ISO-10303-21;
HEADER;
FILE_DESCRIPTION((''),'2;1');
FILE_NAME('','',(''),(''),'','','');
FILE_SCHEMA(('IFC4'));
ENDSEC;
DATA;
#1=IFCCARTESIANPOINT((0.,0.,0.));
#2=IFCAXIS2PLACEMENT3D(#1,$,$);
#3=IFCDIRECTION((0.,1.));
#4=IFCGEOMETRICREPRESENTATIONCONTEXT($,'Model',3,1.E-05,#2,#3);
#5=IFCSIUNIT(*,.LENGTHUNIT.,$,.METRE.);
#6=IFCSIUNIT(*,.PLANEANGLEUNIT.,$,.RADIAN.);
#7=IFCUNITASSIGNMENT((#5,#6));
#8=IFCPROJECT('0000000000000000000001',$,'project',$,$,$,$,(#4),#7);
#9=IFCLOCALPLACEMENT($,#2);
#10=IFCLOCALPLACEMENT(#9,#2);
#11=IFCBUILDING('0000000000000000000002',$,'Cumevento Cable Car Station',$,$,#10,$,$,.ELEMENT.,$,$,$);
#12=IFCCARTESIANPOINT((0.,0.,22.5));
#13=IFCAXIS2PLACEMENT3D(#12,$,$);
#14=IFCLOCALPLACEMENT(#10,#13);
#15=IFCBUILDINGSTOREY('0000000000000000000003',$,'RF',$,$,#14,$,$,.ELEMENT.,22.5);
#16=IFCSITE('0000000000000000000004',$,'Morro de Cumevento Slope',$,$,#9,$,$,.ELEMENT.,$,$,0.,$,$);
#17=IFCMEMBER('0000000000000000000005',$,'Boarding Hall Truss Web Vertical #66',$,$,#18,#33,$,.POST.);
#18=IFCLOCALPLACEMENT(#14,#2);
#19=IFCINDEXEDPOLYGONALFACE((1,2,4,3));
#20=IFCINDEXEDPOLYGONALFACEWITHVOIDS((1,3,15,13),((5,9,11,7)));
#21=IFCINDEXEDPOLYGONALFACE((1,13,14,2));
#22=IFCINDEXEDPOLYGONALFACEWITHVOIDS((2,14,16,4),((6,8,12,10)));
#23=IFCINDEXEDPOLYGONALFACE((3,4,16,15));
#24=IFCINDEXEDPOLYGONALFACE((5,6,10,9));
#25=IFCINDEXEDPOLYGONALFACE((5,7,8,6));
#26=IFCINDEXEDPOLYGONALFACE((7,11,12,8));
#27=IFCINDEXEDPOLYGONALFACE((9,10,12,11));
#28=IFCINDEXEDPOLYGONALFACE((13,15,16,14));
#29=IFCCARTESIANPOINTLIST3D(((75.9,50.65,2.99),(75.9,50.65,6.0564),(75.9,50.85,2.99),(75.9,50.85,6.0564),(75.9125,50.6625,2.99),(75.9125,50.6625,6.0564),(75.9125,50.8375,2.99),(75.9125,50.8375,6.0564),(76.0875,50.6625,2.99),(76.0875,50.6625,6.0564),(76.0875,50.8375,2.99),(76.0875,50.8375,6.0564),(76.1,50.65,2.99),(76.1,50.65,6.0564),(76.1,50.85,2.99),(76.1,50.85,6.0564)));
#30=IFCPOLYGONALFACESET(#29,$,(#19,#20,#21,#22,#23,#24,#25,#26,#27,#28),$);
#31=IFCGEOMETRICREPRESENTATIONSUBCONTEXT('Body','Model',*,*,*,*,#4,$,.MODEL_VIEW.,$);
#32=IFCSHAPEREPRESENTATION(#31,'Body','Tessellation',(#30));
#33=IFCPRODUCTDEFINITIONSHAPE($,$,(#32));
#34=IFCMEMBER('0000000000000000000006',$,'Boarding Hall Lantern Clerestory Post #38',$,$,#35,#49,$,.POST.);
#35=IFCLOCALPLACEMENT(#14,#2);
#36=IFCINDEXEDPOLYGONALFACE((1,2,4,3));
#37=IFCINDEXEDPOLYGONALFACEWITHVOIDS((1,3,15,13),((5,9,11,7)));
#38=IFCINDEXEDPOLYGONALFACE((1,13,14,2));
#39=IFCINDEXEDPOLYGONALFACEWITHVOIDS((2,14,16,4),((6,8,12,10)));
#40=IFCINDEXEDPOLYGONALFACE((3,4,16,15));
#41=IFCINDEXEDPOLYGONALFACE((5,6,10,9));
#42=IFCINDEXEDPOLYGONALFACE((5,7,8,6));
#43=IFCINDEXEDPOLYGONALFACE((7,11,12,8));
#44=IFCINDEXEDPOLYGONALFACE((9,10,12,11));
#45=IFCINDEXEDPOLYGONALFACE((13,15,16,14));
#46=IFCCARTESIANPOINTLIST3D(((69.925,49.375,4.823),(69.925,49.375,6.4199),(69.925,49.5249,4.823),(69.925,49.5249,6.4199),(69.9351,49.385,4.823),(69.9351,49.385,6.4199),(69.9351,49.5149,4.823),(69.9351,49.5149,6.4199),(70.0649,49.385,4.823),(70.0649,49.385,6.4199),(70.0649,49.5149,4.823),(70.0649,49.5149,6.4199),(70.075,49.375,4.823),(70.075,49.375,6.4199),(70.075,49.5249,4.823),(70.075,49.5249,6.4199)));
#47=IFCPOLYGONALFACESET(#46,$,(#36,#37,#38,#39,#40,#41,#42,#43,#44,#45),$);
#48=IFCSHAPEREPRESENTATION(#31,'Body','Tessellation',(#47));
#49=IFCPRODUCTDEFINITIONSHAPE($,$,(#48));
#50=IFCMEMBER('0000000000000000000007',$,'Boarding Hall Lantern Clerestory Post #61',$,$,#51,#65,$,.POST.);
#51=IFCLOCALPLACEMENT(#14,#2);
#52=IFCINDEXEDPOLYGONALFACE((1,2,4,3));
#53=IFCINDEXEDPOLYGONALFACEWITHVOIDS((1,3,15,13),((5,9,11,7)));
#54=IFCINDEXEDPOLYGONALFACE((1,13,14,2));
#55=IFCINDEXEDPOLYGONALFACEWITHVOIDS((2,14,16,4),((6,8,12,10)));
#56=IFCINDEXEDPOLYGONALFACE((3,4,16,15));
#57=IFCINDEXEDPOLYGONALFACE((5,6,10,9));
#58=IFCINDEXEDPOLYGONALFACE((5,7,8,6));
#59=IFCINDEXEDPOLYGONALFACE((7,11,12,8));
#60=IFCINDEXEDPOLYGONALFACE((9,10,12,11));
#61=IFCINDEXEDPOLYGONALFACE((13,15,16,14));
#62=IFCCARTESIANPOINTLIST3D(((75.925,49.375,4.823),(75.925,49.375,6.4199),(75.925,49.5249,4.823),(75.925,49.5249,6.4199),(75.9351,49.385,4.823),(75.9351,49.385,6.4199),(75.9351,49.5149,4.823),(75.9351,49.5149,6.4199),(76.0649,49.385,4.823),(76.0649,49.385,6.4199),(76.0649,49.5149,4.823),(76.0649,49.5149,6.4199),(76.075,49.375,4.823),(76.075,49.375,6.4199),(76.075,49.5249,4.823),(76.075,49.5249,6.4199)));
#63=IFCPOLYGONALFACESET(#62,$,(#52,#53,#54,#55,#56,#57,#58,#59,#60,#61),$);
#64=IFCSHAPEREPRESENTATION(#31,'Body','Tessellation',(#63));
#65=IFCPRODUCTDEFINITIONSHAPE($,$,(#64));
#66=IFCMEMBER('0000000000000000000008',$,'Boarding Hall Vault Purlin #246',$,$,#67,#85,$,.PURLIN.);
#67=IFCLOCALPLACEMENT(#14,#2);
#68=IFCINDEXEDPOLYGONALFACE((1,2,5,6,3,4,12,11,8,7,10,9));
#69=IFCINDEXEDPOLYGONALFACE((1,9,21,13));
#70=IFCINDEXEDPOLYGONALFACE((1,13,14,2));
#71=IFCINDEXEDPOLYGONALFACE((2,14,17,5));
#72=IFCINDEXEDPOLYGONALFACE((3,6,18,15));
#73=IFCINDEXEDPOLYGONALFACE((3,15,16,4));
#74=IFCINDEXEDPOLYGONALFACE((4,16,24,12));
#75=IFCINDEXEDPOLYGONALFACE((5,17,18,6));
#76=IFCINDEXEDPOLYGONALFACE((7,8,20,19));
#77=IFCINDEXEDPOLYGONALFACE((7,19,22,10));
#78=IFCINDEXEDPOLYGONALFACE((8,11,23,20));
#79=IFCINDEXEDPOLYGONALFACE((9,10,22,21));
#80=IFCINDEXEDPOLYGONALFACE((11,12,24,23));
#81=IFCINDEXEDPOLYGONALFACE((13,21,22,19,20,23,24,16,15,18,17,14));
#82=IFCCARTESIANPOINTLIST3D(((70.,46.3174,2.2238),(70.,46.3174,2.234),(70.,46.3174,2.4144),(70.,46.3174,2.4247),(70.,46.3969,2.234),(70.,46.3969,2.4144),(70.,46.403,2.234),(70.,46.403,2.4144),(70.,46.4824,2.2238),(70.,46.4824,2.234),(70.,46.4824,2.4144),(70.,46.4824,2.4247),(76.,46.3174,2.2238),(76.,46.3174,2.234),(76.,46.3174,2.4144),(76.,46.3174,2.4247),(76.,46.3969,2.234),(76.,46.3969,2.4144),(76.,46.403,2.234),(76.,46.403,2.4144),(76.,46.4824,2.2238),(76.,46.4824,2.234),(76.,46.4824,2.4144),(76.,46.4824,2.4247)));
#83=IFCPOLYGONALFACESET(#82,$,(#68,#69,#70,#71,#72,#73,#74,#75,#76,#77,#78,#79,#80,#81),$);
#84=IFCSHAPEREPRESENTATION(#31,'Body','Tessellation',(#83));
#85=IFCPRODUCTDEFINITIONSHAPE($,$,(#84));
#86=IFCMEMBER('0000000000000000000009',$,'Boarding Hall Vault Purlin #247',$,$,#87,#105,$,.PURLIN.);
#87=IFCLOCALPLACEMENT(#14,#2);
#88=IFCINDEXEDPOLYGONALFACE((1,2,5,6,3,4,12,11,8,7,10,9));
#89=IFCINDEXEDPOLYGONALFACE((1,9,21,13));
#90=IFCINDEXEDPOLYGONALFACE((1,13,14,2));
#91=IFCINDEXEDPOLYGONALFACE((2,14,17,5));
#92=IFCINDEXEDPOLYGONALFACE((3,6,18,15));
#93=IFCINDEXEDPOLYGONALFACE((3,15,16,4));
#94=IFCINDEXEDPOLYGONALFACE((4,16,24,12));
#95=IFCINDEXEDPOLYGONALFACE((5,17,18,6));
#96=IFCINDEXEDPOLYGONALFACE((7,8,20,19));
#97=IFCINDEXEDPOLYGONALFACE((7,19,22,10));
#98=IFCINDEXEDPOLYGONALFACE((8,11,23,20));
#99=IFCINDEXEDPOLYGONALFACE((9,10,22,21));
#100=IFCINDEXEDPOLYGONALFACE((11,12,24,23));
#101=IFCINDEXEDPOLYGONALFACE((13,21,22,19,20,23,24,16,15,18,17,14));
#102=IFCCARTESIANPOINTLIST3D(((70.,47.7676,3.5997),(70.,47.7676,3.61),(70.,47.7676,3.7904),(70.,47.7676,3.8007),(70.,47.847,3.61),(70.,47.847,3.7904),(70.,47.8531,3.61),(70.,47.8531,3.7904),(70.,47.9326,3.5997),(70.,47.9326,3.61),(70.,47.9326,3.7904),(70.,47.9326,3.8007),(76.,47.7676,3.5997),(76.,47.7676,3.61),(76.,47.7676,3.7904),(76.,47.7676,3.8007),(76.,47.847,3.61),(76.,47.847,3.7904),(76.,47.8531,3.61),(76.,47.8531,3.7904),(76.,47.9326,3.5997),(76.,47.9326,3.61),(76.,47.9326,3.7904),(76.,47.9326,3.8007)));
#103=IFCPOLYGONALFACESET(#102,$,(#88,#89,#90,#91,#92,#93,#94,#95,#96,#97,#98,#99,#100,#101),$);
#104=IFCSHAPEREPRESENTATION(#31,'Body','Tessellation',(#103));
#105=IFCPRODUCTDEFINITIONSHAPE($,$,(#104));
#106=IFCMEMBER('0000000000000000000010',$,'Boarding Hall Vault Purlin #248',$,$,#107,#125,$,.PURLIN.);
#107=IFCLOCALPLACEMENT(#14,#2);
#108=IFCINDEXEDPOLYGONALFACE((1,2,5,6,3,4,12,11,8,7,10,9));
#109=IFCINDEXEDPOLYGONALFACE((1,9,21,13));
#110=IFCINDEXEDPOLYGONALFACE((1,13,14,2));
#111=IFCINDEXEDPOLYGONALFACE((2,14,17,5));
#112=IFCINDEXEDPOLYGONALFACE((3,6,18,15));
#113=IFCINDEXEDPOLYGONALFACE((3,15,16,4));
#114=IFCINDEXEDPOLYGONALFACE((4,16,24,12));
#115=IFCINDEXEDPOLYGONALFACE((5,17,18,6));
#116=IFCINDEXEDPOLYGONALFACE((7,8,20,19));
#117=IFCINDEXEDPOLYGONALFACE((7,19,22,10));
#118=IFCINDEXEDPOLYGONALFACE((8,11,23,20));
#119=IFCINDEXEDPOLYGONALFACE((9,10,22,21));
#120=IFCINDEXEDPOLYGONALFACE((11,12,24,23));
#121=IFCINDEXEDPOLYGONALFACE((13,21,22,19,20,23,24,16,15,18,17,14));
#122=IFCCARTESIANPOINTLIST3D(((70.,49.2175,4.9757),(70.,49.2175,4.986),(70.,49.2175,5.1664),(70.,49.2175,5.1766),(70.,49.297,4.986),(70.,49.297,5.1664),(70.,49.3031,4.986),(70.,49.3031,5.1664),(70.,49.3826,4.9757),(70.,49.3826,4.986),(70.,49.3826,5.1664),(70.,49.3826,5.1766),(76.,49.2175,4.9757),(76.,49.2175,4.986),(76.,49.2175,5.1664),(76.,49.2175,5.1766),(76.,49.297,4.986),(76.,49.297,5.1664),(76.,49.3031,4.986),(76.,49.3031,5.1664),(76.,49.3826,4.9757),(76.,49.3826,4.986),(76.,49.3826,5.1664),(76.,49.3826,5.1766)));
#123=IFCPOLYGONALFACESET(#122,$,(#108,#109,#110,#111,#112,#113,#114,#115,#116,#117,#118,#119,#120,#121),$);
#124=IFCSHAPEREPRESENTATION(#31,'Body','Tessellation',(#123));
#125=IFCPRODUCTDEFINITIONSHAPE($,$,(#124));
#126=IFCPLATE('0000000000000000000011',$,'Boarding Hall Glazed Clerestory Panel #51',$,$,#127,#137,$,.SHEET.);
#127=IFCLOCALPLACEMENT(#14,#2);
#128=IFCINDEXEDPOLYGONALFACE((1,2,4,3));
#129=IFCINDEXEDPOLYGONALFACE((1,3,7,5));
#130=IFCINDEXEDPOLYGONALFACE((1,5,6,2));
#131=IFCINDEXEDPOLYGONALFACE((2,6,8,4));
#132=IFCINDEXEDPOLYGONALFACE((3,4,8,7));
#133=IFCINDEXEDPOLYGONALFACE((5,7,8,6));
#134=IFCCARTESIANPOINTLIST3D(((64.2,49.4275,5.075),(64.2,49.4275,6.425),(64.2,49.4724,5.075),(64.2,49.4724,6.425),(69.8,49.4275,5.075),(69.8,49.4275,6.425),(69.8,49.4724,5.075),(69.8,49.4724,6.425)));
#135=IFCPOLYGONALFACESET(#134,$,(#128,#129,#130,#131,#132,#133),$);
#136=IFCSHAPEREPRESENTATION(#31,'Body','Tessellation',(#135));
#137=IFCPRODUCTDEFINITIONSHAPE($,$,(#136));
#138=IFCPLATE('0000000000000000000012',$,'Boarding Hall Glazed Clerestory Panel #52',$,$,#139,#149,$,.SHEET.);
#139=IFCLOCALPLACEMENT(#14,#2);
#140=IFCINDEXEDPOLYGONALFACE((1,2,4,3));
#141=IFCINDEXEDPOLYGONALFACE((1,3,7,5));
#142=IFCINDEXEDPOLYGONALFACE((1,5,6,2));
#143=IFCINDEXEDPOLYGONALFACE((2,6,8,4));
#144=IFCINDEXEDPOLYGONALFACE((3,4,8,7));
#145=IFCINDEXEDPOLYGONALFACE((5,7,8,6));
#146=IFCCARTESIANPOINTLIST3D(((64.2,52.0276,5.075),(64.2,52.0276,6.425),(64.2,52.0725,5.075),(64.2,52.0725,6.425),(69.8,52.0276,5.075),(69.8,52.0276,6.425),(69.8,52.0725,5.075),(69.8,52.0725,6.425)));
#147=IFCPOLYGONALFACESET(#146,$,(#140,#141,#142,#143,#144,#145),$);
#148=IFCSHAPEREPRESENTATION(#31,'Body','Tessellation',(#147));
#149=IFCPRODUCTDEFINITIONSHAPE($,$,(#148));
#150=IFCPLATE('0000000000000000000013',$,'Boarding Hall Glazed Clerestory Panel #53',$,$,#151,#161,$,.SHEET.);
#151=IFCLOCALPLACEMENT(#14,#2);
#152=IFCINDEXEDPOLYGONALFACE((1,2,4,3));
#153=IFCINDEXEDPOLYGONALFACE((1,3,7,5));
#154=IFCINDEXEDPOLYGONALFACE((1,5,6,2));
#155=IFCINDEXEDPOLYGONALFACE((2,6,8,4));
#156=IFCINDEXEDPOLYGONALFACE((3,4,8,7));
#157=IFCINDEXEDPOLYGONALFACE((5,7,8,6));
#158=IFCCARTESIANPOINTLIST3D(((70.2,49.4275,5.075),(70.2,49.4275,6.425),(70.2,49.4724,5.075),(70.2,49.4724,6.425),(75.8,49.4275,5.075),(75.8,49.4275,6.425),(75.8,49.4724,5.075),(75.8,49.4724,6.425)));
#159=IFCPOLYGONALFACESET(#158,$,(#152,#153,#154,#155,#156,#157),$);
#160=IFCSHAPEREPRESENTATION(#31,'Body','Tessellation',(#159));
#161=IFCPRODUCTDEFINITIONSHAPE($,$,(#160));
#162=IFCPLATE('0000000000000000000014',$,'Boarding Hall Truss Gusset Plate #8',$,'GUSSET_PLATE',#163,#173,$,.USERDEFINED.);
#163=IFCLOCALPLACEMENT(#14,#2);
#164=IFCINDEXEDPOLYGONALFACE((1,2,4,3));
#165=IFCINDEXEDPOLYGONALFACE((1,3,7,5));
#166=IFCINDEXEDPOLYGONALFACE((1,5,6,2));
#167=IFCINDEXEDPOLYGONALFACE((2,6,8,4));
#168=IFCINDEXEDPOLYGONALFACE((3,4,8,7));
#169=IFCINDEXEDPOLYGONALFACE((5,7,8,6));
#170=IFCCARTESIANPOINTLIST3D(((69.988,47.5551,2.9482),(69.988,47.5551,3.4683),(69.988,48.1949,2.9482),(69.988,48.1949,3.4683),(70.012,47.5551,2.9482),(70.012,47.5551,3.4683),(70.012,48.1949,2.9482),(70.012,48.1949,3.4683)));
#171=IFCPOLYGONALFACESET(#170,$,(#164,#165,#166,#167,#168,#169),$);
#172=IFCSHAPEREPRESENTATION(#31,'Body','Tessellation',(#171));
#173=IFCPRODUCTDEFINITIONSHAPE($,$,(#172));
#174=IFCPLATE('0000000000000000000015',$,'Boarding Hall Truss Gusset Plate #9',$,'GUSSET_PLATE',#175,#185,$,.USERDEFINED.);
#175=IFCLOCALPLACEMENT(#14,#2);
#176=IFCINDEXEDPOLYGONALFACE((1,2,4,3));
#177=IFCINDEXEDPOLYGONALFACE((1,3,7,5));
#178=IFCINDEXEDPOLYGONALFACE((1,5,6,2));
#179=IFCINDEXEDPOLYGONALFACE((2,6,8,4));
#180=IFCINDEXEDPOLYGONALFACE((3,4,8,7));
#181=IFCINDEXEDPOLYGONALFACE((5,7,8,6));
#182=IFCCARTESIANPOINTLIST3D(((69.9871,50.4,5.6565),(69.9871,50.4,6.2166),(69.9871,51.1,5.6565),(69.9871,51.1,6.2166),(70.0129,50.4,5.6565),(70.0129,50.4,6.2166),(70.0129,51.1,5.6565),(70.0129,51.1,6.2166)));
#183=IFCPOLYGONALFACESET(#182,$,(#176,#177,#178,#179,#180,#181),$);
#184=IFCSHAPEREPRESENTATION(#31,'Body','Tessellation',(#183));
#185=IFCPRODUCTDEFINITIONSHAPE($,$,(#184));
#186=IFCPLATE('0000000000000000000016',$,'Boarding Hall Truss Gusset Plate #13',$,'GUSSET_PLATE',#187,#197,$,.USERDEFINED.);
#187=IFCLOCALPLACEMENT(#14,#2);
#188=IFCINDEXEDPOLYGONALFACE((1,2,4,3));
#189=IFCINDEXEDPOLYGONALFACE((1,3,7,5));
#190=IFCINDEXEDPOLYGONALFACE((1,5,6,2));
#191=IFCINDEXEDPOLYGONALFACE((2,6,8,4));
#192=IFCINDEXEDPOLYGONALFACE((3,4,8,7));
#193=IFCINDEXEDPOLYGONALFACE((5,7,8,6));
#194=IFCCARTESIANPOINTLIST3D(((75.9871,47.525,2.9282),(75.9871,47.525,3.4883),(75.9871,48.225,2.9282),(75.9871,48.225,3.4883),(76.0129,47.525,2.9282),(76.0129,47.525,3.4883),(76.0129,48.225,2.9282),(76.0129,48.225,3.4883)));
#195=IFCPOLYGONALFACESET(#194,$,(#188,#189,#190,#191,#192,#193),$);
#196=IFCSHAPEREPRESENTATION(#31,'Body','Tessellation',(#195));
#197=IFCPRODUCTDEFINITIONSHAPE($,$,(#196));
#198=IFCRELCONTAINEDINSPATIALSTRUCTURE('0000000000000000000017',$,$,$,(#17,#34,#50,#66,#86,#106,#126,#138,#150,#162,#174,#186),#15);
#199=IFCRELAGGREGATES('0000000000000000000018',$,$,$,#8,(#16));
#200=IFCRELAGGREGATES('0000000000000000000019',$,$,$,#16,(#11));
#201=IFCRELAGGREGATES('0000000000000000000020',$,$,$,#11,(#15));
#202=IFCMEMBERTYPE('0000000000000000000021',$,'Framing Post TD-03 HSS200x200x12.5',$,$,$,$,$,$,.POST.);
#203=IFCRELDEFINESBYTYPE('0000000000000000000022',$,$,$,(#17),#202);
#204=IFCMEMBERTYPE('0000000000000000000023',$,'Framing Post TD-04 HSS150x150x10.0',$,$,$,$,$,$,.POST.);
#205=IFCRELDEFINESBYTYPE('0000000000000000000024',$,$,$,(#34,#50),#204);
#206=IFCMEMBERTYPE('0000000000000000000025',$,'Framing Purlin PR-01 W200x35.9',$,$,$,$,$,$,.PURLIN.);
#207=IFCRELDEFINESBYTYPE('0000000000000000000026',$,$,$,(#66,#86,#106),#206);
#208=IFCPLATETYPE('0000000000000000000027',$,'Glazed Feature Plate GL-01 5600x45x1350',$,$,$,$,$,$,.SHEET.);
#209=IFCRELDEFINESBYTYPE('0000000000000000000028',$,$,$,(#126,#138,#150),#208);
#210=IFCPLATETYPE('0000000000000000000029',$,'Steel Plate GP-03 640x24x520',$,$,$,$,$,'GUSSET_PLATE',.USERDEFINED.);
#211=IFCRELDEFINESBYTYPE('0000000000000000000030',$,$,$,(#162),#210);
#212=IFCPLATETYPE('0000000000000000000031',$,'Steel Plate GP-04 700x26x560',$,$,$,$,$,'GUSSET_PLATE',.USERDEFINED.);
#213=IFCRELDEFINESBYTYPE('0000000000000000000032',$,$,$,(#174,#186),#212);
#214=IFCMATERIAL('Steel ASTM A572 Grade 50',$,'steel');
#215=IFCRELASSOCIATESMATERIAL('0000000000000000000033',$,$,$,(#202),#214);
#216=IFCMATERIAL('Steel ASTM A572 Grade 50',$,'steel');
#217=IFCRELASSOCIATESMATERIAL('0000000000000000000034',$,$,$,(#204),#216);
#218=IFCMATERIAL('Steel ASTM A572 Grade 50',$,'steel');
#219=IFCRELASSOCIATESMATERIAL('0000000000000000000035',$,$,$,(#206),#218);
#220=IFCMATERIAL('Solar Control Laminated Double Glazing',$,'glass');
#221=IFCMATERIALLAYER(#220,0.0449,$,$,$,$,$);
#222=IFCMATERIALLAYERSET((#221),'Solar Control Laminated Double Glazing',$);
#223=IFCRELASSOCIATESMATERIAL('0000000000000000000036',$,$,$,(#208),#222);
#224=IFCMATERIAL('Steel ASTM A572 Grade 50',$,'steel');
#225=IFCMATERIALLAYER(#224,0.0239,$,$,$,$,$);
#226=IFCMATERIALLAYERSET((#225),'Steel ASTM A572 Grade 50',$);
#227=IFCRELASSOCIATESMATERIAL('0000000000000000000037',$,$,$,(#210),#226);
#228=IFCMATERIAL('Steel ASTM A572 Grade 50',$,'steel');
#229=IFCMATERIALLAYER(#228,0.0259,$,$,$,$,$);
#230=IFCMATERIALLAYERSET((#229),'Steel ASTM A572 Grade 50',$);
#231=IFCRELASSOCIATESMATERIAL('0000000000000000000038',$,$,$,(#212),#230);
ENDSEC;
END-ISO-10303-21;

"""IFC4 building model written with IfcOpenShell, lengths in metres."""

from ifc_helpers import new_model, si_unit, direction, frame, origin, origin_2d, place, context, subcontext, project, spatial, rectangle, hollow_rectangle, i_section, extrude, material, layer, layer_set, material_profile, profile_set, type_object, element, save


model = new_model("IFC4")

# Units and contexts
model_context = context("Model", 3, precision=1e-05, world=origin(), true_north=direction((0.0, 1.0)))
body_context = subcontext(model_context, "Body", "Model", "MODEL_VIEW")
ifc_project = project(units=[si_unit("LENGTHUNIT", "METRE"), si_unit("PLANEANGLEUNIT", "RADIAN")], contexts=[model_context])

# Site, building, storey
site_placement = place(None, origin())
site = spatial("IfcSite", under=ifc_project, at=site_placement, Name="Morro de Cumevento Slope", CompositionType="ELEMENT", RefElevation=0.0)
building_placement = place(site_placement, origin())
building = spatial("IfcBuilding", under=site, at=building_placement, Name="Cumevento Cable Car Station", CompositionType="ELEMENT")
storey_placement = place(building_placement, frame((0.0, 0.0, 22.5)))
storey = spatial("IfcBuildingStorey", under=building, at=storey_placement, Name="RF", CompositionType="ELEMENT", Elevation=22.5)

# Members
ifc_material_1 = material(Name="Steel ASTM A572 Grade 50", Category="steel")
ifc_material_profile_1 = material_profile(ifc_material_1, hollow_rectangle(XDim=0.2, YDim=0.2, WallThickness=0.0125, at=origin_2d()), Name="HSS200x200x12.5")
ifc_profile_set_1 = profile_set([ifc_material_profile_1], Name="Steel ASTM A572 Grade 50")
member_type_1 = type_object("IfcMemberType", Name="Framing Post TD-03 HSS200x200x12.5", PredefinedType="POST", material=ifc_profile_set_1)
member_1_placement = place(storey_placement, frame((76.0, 50.75, 2.99), z_axis=(0.0, 0.0, 1.0), x_axis=(1.0, 0.0, 0.0)))
element("IfcMember", 1, at=member_1_placement, inside=storey, type_object=member_type_1, Name="Boarding Hall Truss Web Vertical #66", PredefinedType="POST", context=body_context, shape_type="SweptSolid", body=[
    extrude(hollow_rectangle(XDim=0.2, YDim=0.2, WallThickness=0.0125, at=origin_2d()), origin(), (0.0, 0.0, 1.0), 3.0664),
])
ifc_material_2 = material(Name="Steel ASTM A572 Grade 50", Category="steel")
ifc_material_profile_2 = material_profile(ifc_material_2, hollow_rectangle(XDim=0.1499, YDim=0.1499, WallThickness=0.01, at=origin_2d()), Name="HSS150x150x10.0")
ifc_profile_set_2 = profile_set([ifc_material_profile_2], Name="Steel ASTM A572 Grade 50")
member_type_2 = type_object("IfcMemberType", Name="Framing Post TD-04 HSS150x150x10.0", PredefinedType="POST", material=ifc_profile_set_2)
for number, where, z_axis, x_axis, name in (
    (2, (70.0, 49.45, 4.823), (0.0, 0.0, 1.0), (1.0, 0.0, 0.0), "Boarding Hall Lantern Clerestory Post #38"),
    (3, (76.0, 49.45, 4.823), (0.0, 0.0, 1.0), (1.0, 0.0, 0.0), "Boarding Hall Lantern Clerestory Post #61"),
):
    element("IfcMember", number, at=place(storey_placement, frame(where, z_axis=z_axis, x_axis=x_axis)), inside=storey, type_object=member_type_2, Name=name, PredefinedType="POST", context=body_context, shape_type="SweptSolid", body=[
        extrude(hollow_rectangle(XDim=0.1499, YDim=0.1499, WallThickness=0.01, at=origin_2d()), origin(), (0.0, 0.0, 1.0), 1.5969),
    ])
ifc_material_3 = material(Name="Steel ASTM A572 Grade 50", Category="steel")
ifc_material_profile_3 = material_profile(ifc_material_3, i_section(OverallWidth=0.165, OverallDepth=0.2009, WebThickness=0.0061, FlangeThickness=0.0103, at=origin_2d()), Name="W200x35.9")
ifc_profile_set_3 = profile_set([ifc_material_profile_3], Name="Steel ASTM A572 Grade 50")
member_type_3 = type_object("IfcMemberType", Name="Framing Purlin PR-01 W200x35.9", PredefinedType="PURLIN", material=ifc_profile_set_3)
for number, where, z_axis, x_axis, name in (
    (4, (70.0, 46.3999, 2.3242), (1.0, 0.0, 0.0), (0.0, 1.0, 0.0), "Boarding Hall Vault Purlin #246"),
    (5, (70.0, 47.8501, 3.7002), (1.0, 0.0, 0.0), (0.0, 1.0, 0.0), "Boarding Hall Vault Purlin #247"),
    (6, (70.0, 49.3, 5.0762), (1.0, 0.0, 0.0), (0.0, 1.0, 0.0), "Boarding Hall Vault Purlin #248"),
):
    element("IfcMember", number, at=place(storey_placement, frame(where, z_axis=z_axis, x_axis=x_axis)), inside=storey, type_object=member_type_3, Name=name, PredefinedType="PURLIN", context=body_context, shape_type="SweptSolid", body=[
        extrude(i_section(OverallWidth=0.165, OverallDepth=0.2009, WebThickness=0.0061, FlangeThickness=0.0103, at=origin_2d()), origin(), (0.0, 0.0, 1.0), 6.0),
    ])

# Plates
ifc_material_4 = material(Name="Solar Control Laminated Double Glazing", Category="glass")
ifc_layer_1 = layer(ifc_material_4, 0.0449)
ifc_layer_set_1 = layer_set([ifc_layer_1], Name="Solar Control Laminated Double Glazing")
plate_type_1 = type_object("IfcPlateType", Name="Glazed Feature Plate GL-01 5600x45x1350", PredefinedType="SHEET", material=ifc_layer_set_1)
for number, where, z_axis, x_axis, name in (
    (7, (67.0, 49.45, 5.075), (0.0, 0.0, 1.0), (1.0, 0.0, 0.0), "Boarding Hall Glazed Clerestory Panel #51"),
    (8, (67.0, 52.05, 5.075), (0.0, 0.0, 1.0), (1.0, 0.0, 0.0), "Boarding Hall Glazed Clerestory Panel #52"),
    (9, (73.0, 49.45, 5.075), (0.0, 0.0, 1.0), (1.0, 0.0, 0.0), "Boarding Hall Glazed Clerestory Panel #53"),
):
    element("IfcPlate", number, at=place(storey_placement, frame(where, z_axis=z_axis, x_axis=x_axis)), inside=storey, type_object=plate_type_1, Name=name, PredefinedType="SHEET", context=body_context, shape_type="SweptSolid", body=[
        extrude(rectangle(XDim=5.6001, YDim=0.0449, at=origin_2d()), origin(), (0.0, 0.0, 1.0), 1.3501),
    ])
ifc_material_5 = material(Name="Steel ASTM A572 Grade 50", Category="steel")
ifc_layer_2 = layer(ifc_material_5, 0.0239)
ifc_layer_set_2 = layer_set([ifc_layer_2], Name="Steel ASTM A572 Grade 50")
plate_type_2 = type_object("IfcPlateType", Name="Steel Plate GP-03 640x24x520", ElementType="GUSSET_PLATE", PredefinedType="USERDEFINED", material=ifc_layer_set_2)
plate_1_placement = place(storey_placement, frame((70.0, 47.875, 2.9482), z_axis=(0.0, 0.0, 1.0), x_axis=(0.0, 1.0, 0.0)))
element("IfcPlate", 10, at=plate_1_placement, inside=storey, type_object=plate_type_2, Name="Boarding Hall Truss Gusset Plate #8", ObjectType="GUSSET_PLATE", PredefinedType="USERDEFINED", context=body_context, shape_type="SweptSolid", body=[
    extrude(rectangle(XDim=0.6399, YDim=0.0239, at=origin_2d()), origin(), (0.0, 0.0, 1.0), 0.52),
])
ifc_material_6 = material(Name="Steel ASTM A572 Grade 50", Category="steel")
ifc_layer_3 = layer(ifc_material_6, 0.0259)
ifc_layer_set_3 = layer_set([ifc_layer_3], Name="Steel ASTM A572 Grade 50")
plate_type_3 = type_object("IfcPlateType", Name="Steel Plate GP-04 700x26x560", ElementType="GUSSET_PLATE", PredefinedType="USERDEFINED", material=ifc_layer_set_3)
for number, where, z_axis, x_axis, name in (
    (11, (70.0, 50.75, 5.6565), (0.0, 0.0, 1.0), (0.0, 1.0, 0.0), "Boarding Hall Truss Gusset Plate #9"),
    (12, (76.0, 47.875, 2.9282), (0.0, 0.0, 1.0), (0.0, 1.0, 0.0), "Boarding Hall Truss Gusset Plate #13"),
):
    element("IfcPlate", number, at=place(storey_placement, frame(where, z_axis=z_axis, x_axis=x_axis)), inside=storey, type_object=plate_type_3, Name=name, ObjectType="GUSSET_PLATE", PredefinedType="USERDEFINED", context=body_context, shape_type="SweptSolid", body=[
        extrude(rectangle(XDim=0.7, YDim=0.0259, at=origin_2d()), origin(), (0.0, 0.0, 1.0), 0.5601),
    ])

save(model, "model.ifc")
